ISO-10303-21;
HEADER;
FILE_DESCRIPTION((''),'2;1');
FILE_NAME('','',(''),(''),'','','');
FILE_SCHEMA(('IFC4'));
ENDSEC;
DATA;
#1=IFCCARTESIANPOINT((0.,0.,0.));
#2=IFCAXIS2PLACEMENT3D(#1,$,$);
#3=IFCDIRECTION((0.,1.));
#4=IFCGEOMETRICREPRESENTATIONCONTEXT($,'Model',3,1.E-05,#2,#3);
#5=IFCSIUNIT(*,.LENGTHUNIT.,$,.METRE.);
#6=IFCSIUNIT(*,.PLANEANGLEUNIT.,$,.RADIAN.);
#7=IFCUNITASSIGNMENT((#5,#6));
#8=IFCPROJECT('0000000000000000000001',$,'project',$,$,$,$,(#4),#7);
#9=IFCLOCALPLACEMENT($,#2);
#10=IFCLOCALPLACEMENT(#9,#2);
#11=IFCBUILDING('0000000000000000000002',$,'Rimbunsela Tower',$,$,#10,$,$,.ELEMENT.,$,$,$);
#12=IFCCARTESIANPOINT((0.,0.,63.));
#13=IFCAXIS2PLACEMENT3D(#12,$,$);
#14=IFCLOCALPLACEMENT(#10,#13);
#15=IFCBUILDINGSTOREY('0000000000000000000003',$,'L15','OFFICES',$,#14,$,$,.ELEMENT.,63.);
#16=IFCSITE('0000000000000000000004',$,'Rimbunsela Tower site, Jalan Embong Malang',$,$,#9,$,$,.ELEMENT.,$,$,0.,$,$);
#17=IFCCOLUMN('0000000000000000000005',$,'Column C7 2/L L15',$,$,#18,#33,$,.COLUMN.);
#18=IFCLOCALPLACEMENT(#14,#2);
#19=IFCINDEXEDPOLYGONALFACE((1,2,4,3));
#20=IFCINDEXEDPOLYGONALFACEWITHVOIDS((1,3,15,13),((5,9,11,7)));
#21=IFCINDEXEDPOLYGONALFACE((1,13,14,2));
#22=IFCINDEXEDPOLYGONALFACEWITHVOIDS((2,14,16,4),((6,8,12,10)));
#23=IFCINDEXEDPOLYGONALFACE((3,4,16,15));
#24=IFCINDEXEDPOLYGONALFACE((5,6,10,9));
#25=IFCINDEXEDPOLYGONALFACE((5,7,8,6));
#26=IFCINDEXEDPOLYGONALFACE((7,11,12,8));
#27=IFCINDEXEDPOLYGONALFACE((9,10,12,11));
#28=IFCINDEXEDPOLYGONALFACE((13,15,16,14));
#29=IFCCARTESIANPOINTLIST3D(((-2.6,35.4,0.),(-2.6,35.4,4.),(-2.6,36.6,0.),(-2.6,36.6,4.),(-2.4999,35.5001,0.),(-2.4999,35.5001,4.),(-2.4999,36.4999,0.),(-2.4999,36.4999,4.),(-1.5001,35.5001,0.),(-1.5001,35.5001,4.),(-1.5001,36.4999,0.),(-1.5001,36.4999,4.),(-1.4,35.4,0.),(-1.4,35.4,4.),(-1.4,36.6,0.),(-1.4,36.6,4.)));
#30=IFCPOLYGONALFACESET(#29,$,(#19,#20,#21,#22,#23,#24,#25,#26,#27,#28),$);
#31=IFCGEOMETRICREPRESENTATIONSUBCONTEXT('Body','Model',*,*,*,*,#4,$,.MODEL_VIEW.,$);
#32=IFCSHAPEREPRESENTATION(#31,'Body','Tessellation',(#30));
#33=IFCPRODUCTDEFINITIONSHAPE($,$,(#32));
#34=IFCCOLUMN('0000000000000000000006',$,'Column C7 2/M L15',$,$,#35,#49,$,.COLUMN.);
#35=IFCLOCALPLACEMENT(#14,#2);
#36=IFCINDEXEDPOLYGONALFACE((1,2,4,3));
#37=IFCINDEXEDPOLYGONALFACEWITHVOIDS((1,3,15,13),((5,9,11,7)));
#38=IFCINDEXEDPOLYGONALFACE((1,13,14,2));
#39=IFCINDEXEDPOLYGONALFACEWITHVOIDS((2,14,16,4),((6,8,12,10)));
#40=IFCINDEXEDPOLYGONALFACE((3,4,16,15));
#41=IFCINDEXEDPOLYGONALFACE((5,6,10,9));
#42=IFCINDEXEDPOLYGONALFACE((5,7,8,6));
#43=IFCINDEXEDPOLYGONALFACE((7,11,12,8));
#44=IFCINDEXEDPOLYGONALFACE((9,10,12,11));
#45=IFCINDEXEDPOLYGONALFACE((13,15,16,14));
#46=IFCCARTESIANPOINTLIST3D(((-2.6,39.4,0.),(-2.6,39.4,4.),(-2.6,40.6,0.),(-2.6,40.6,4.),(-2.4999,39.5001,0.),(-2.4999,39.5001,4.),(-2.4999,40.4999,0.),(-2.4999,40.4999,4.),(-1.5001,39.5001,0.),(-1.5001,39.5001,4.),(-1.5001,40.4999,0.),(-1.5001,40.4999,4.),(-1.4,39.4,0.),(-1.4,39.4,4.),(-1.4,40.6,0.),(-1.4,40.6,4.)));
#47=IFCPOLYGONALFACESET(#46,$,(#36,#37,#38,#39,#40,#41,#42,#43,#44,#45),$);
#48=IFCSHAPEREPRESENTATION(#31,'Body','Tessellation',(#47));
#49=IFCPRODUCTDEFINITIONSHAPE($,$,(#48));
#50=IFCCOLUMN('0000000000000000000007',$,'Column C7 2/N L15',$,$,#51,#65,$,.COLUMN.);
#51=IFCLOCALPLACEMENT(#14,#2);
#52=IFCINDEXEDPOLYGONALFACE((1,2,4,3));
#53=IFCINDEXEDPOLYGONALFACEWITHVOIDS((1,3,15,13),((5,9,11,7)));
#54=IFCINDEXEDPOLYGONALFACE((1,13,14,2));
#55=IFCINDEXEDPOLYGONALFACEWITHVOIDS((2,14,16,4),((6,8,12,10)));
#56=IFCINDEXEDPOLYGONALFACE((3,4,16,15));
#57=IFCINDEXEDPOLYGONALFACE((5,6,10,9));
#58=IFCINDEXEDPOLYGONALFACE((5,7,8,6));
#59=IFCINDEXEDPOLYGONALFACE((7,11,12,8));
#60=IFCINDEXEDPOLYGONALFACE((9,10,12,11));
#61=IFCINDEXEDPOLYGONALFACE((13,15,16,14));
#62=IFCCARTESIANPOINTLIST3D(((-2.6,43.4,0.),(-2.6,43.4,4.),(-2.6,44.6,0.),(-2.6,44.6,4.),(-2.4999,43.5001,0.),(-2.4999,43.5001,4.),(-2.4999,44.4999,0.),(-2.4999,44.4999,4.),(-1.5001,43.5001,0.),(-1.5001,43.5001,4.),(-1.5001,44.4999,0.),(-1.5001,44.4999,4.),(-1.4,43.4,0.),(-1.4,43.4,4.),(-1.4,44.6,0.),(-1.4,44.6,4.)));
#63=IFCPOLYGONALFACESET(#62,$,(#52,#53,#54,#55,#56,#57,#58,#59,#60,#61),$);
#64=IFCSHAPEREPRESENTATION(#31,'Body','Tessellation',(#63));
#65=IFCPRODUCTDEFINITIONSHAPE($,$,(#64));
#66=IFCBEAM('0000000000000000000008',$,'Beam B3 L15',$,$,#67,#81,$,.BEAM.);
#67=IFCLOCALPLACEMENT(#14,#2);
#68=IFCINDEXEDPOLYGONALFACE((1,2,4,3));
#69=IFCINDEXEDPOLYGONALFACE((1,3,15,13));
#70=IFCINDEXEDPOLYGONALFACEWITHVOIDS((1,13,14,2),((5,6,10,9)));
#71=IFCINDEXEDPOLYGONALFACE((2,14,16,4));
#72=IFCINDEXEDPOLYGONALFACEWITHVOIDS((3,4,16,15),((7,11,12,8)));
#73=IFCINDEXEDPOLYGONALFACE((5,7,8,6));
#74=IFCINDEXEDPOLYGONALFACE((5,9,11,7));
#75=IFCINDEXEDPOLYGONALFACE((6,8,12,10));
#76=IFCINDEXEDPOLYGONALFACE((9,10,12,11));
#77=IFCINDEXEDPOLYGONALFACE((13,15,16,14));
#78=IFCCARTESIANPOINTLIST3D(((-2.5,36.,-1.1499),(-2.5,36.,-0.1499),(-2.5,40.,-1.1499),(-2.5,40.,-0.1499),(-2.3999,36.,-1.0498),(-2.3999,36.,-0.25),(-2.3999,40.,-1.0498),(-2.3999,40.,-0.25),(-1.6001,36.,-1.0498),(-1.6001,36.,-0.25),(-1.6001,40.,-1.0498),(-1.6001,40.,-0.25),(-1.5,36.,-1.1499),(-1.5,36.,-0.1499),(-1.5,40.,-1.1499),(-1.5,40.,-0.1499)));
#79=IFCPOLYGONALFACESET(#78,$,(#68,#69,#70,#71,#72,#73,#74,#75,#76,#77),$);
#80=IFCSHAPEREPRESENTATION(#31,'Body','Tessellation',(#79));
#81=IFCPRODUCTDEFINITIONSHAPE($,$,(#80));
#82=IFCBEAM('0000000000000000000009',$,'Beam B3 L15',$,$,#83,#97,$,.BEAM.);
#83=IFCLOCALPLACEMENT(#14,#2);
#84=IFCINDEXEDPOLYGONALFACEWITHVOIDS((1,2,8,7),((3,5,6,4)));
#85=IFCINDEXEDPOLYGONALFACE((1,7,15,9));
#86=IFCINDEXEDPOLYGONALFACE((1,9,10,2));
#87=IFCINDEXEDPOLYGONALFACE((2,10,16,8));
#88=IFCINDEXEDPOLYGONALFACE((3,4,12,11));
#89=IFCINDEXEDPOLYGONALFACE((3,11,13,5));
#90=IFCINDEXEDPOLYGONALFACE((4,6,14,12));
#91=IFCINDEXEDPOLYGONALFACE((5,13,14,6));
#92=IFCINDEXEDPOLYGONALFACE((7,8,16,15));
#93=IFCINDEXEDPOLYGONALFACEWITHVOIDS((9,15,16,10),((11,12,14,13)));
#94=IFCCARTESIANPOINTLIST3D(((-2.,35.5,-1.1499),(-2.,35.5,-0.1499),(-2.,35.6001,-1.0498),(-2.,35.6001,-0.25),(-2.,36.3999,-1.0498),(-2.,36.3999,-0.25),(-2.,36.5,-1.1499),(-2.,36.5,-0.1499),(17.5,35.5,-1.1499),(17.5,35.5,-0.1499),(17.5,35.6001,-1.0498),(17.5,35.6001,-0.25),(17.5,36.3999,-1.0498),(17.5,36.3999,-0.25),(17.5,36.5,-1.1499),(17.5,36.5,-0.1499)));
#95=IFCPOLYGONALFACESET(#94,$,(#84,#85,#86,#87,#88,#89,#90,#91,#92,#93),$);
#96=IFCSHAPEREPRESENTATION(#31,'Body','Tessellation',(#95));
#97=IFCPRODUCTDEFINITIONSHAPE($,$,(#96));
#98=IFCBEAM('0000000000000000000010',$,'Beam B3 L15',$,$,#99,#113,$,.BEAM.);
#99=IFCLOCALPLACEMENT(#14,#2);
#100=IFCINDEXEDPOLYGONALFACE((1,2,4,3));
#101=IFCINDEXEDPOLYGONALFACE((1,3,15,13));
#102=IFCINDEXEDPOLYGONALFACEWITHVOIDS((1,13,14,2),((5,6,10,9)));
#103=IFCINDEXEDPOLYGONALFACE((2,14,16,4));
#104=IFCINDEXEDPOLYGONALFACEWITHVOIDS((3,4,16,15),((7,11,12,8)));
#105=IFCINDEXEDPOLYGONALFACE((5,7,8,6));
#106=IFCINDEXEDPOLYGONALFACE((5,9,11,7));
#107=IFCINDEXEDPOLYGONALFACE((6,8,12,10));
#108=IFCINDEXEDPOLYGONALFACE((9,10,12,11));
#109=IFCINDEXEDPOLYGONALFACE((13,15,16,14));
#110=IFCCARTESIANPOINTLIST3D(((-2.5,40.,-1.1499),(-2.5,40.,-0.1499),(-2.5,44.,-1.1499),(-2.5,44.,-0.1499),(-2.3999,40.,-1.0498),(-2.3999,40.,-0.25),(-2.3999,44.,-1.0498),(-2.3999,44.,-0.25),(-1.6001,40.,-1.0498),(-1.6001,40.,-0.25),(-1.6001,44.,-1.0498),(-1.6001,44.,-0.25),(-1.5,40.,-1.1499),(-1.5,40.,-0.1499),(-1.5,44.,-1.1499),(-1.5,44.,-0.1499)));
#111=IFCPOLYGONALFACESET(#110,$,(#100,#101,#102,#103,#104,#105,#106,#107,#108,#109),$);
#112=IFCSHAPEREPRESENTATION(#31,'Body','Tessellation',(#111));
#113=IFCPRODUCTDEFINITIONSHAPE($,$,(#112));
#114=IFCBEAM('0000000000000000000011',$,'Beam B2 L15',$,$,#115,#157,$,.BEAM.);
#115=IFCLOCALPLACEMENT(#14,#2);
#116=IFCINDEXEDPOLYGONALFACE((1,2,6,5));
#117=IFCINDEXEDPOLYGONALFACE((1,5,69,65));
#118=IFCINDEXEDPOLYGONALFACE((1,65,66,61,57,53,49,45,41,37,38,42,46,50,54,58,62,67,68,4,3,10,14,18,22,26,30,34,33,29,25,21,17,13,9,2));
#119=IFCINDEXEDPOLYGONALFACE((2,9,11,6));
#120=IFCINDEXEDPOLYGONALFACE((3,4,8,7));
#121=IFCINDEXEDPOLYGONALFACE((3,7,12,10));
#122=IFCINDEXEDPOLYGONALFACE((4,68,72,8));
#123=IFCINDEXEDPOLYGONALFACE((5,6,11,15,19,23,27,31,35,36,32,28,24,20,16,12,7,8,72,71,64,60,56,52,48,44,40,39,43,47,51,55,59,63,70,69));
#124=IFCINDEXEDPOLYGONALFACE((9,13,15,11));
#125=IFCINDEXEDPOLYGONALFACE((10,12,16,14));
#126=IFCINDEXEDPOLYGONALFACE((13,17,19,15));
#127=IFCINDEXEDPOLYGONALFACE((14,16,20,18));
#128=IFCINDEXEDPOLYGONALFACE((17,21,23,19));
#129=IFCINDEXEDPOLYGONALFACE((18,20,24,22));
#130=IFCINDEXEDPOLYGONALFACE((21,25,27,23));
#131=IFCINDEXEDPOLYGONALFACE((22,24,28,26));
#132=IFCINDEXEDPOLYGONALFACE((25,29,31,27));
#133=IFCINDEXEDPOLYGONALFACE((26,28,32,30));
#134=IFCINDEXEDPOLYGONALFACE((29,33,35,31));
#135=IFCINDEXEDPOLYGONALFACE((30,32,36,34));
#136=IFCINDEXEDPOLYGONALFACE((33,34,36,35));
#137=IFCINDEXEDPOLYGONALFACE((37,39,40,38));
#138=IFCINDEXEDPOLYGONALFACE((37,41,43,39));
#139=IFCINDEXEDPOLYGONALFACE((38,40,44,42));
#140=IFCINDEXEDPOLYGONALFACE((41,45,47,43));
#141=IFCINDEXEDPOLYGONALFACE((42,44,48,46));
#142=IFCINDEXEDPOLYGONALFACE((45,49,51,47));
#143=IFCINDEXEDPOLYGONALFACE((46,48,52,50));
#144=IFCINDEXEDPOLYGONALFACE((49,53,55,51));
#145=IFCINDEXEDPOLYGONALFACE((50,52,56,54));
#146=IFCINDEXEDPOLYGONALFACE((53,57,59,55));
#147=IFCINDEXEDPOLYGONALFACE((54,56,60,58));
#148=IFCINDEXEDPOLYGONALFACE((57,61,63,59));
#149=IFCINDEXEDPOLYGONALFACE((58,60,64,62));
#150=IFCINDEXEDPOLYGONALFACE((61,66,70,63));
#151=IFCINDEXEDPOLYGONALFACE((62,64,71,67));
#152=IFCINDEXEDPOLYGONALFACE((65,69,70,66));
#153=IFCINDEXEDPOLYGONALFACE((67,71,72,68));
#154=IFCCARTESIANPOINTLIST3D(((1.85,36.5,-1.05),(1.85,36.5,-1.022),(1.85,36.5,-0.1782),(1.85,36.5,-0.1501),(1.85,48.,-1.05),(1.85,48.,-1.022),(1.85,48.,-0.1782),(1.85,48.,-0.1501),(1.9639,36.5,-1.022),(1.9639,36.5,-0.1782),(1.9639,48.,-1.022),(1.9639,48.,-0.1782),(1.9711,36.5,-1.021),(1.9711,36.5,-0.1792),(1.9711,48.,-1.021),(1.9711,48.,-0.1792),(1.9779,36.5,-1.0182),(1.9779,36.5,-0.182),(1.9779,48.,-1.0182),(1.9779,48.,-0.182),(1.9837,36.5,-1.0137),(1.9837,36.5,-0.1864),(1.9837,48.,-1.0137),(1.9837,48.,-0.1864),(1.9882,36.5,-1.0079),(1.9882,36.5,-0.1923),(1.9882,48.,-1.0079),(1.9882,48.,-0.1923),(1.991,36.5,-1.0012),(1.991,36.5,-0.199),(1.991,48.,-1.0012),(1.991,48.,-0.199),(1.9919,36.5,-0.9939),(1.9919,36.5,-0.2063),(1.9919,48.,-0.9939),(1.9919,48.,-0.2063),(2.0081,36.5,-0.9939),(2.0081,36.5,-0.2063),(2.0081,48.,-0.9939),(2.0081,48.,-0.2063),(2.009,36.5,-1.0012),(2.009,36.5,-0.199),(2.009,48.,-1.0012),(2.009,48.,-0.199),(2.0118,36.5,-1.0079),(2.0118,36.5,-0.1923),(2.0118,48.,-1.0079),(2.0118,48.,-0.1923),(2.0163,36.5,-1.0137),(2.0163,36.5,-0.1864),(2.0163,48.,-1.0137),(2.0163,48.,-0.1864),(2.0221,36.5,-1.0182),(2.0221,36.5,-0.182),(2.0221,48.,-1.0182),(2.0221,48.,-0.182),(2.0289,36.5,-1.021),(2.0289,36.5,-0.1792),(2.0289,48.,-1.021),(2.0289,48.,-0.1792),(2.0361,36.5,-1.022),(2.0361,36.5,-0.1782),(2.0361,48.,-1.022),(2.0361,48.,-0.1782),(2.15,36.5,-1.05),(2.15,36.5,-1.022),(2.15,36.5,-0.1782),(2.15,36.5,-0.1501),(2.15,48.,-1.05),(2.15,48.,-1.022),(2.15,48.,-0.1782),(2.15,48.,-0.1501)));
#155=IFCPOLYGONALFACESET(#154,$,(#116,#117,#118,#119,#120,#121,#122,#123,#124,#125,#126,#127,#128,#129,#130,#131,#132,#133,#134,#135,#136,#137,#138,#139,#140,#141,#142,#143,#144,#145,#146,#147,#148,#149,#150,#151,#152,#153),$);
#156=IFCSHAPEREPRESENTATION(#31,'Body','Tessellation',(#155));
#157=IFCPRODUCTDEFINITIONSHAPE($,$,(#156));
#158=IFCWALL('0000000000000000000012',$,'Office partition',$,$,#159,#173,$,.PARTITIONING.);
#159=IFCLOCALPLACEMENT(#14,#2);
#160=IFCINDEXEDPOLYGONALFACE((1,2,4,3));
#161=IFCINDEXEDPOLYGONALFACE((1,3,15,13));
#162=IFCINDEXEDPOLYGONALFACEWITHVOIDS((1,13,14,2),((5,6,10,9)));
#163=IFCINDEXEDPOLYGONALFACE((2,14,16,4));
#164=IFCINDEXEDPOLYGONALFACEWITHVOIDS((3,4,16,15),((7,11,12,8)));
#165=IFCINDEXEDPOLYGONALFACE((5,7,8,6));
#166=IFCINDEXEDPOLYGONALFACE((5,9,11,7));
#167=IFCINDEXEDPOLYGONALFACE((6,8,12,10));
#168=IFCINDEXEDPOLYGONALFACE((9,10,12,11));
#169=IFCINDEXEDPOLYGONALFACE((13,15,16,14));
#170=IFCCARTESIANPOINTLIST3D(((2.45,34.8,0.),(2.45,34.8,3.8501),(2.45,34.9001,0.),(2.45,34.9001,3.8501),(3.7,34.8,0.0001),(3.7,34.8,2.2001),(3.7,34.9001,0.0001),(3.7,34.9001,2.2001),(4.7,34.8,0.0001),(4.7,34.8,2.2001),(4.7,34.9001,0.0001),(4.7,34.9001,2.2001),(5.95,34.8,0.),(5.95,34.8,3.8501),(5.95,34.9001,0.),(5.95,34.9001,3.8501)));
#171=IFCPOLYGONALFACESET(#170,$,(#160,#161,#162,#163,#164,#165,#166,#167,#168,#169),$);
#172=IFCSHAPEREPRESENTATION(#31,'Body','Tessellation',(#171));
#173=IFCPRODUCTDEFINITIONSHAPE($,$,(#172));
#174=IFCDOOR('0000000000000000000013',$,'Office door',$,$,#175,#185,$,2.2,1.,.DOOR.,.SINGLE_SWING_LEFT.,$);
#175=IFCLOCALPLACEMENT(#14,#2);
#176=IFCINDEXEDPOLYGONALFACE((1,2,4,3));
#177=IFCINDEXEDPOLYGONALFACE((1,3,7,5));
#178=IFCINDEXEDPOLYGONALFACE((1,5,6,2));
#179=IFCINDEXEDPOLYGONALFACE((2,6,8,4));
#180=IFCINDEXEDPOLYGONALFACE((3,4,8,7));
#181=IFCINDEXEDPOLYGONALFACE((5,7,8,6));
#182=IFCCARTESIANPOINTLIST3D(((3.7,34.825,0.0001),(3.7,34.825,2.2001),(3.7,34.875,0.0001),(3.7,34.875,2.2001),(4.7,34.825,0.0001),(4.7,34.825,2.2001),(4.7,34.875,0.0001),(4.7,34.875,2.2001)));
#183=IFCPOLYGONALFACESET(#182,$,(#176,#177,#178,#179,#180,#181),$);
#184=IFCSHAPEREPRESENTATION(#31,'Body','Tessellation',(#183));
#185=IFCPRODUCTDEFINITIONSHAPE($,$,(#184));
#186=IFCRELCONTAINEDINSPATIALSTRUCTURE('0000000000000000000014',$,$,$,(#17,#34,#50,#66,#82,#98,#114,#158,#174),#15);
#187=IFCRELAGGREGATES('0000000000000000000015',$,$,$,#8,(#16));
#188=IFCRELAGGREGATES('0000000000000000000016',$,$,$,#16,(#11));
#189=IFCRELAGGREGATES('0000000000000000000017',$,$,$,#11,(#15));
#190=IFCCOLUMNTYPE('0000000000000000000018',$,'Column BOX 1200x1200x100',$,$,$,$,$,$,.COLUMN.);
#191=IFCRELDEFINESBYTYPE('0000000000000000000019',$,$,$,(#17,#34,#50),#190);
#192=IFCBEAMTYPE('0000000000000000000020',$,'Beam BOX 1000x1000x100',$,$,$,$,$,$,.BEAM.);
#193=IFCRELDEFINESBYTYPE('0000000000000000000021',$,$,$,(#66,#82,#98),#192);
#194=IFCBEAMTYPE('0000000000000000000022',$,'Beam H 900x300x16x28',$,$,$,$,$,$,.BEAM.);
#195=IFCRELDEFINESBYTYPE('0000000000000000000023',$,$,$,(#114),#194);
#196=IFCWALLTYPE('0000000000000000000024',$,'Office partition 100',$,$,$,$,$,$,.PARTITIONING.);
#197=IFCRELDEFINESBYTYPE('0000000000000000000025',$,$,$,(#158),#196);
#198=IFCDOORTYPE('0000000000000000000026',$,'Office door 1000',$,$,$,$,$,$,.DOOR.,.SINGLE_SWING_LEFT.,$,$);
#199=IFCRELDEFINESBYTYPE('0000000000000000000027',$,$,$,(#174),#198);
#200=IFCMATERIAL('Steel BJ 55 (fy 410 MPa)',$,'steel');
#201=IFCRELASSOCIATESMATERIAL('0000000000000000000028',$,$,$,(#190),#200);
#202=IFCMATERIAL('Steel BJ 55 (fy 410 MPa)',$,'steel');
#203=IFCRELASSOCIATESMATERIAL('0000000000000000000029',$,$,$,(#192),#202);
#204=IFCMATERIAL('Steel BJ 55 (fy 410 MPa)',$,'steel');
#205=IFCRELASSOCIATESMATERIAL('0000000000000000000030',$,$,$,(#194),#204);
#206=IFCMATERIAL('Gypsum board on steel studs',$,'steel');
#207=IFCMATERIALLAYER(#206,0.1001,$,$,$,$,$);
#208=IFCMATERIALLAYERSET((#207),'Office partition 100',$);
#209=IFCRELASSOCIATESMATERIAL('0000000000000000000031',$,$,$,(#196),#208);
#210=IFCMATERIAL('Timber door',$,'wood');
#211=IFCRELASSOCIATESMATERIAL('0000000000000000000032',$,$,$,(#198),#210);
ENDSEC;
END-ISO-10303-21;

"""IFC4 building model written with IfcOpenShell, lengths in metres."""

from ifc_helpers import new_model, si_unit, direction, frame, frame_2d, origin, origin_2d, place, context, subcontext, project, spatial, rectangle, hollow_rectangle, i_section, extrude, material, layer, layer_set, material_profile, profile_set, type_object, element, fill, save


model = new_model("IFC4")

# Units and contexts
model_context = context("Model", 3, precision=1e-05, world=origin(), true_north=direction((0.0, 1.0)))
body_context = subcontext(model_context, "Body", "Model", "MODEL_VIEW")
ifc_project = project(units=[si_unit("LENGTHUNIT", "METRE"), si_unit("PLANEANGLEUNIT", "RADIAN")], contexts=[model_context])

# Site, building, storey
site_placement = place(None, origin())
site = spatial("IfcSite", under=ifc_project, at=site_placement, Name="Rimbunsela Tower site, Jalan Embong Malang", CompositionType="ELEMENT", RefElevation=0.0)
building_placement = place(site_placement, origin())
building = spatial("IfcBuilding", under=site, at=building_placement, Name="Rimbunsela Tower", CompositionType="ELEMENT")
storey_placement = place(building_placement, frame((0.0, 0.0, 63.0)))
storey = spatial("IfcBuildingStorey", under=building, at=storey_placement, Name="L15", Description="OFFICES", CompositionType="ELEMENT", Elevation=63.0)

# Columns
ifc_material_1 = material(Name="Steel BJ 55 (fy 410 MPa)", Category="steel")
ifc_material_profile_1 = material_profile(ifc_material_1, hollow_rectangle(XDim=1.2, YDim=1.2, WallThickness=0.1001, at=origin_2d()), Name="BOX 1200x1200x100")
ifc_profile_set_1 = profile_set([ifc_material_profile_1], Name="Steel BJ 55 (fy 410 MPa)")
column_type = type_object("IfcColumnType", Name="Column BOX 1200x1200x100", PredefinedType="COLUMN", material=ifc_profile_set_1)
for number, where, z_axis, x_axis, name in (
    (1, (-2.0, 36.0, 0.0), (0.0, 0.0, 1.0), (1.0, 0.0, 0.0), "Column C7 2/L L15"),
    (2, (-2.0, 40.0, 0.0), (0.0, 0.0, 1.0), (1.0, 0.0, 0.0), "Column C7 2/M L15"),
    (3, (-2.0, 44.0, 0.0), (0.0, 0.0, 1.0), (1.0, 0.0, 0.0), "Column C7 2/N L15"),
):
    element("IfcColumn", number, at=place(storey_placement, frame(where, z_axis=z_axis, x_axis=x_axis)), inside=storey, type_object=column_type, Name=name, PredefinedType="COLUMN", context=body_context, shape_type="SweptSolid", body=[
        extrude(hollow_rectangle(XDim=1.2, YDim=1.2, WallThickness=0.1001, at=origin_2d()), origin(), (0.0, 0.0, 1.0), 4.0),
    ])

# Beams
ifc_material_2 = material(Name="Steel BJ 55 (fy 410 MPa)", Category="steel")
ifc_material_profile_2 = material_profile(ifc_material_2, hollow_rectangle(XDim=1.0, YDim=1.0, WallThickness=0.1001, at=origin_2d()), Name="BOX 1000x1000x100")
ifc_profile_set_2 = profile_set([ifc_material_profile_2], Name="Steel BJ 55 (fy 410 MPa)")
beam_type_1 = type_object("IfcBeamType", Name="Beam BOX 1000x1000x100", PredefinedType="BEAM", material=ifc_profile_set_2)
beam_1_placement = place(storey_placement, frame((-2.0, 36.0, -0.6499), z_axis=(0.0, 1.0, 0.0), x_axis=(-1.0, 0.0, 0.0)))
element("IfcBeam", 4, at=beam_1_placement, inside=storey, type_object=beam_type_1, Name="Beam B3 L15", PredefinedType="BEAM", context=body_context, shape_type="SweptSolid", body=[
    extrude(hollow_rectangle(XDim=1.0, YDim=1.0, WallThickness=0.1001, at=origin_2d()), origin(), (0.0, 0.0, 1.0), 4.0),
])
beam_2_placement = place(storey_placement, frame((-2.0, 36.0, -0.6499), z_axis=(1.0, 0.0, 0.0), x_axis=(0.0, 1.0, 0.0)))
element("IfcBeam", 5, at=beam_2_placement, inside=storey, type_object=beam_type_1, Name="Beam B3 L15", PredefinedType="BEAM", context=body_context, shape_type="SweptSolid", body=[
    extrude(hollow_rectangle(XDim=1.0, YDim=1.0, WallThickness=0.1001, at=origin_2d()), origin(), (0.0, 0.0, 1.0), 19.5),
])
beam_3_placement = place(storey_placement, frame((-2.0, 40.0, -0.6499), z_axis=(0.0, 1.0, 0.0), x_axis=(-1.0, 0.0, 0.0)))
element("IfcBeam", 6, at=beam_3_placement, inside=storey, type_object=beam_type_1, Name="Beam B3 L15", PredefinedType="BEAM", context=body_context, shape_type="SweptSolid", body=[
    extrude(hollow_rectangle(XDim=1.0, YDim=1.0, WallThickness=0.1001, at=origin_2d()), origin(), (0.0, 0.0, 1.0), 4.0),
])
ifc_material_3 = material(Name="Steel BJ 55 (fy 410 MPa)", Category="steel")
ifc_material_profile_3 = material_profile(ifc_material_3, i_section(OverallWidth=0.3, OverallDepth=0.8999, WebThickness=0.0161, FlangeThickness=0.0281, FilletRadius=0.0281, at=origin_2d()), Name="H 900x300x16x28")
ifc_profile_set_3 = profile_set([ifc_material_profile_3], Name="Steel BJ 55 (fy 410 MPa)")
beam_type_2 = type_object("IfcBeamType", Name="Beam H 900x300x16x28", PredefinedType="BEAM", material=ifc_profile_set_3)
beam_4_placement = place(storey_placement, frame((2.0, 36.5, -0.6001), z_axis=(0.0, 1.0, 0.0), x_axis=(-1.0, 0.0, 0.0)))
element("IfcBeam", 7, at=beam_4_placement, inside=storey, type_object=beam_type_2, Name="Beam B2 L15", PredefinedType="BEAM", context=body_context, shape_type="SweptSolid", body=[
    extrude(i_section(OverallWidth=0.3, OverallDepth=0.8999, WebThickness=0.0161, FlangeThickness=0.0281, FilletRadius=0.0281, at=origin_2d()), origin(), (0.0, 0.0, 1.0), 11.5),
])

# Wall, opening, door
ifc_material_4 = material(Name="Gypsum board on steel studs", Category="steel")
ifc_layer_1 = layer(ifc_material_4, 0.1001)
ifc_layer_set_1 = layer_set([ifc_layer_1], Name="Office partition 100")
wall_type_1 = type_object("IfcWallType", Name="Office partition 100", PredefinedType="PARTITIONING", material=ifc_layer_set_1)
wall_1_placement = place(storey_placement, frame((2.45, 34.8501, 0.0), z_axis=(0.0, 0.0, 1.0), x_axis=(1.0, 0.0, 0.0)))
wall_1 = element("IfcWall", 8, at=wall_1_placement, inside=storey, type_object=wall_type_1, Name="Office partition", PredefinedType="PARTITIONING", context=body_context, shape_type="SweptSolid", body=[
    extrude(rectangle(XDim=3.5, YDim=0.1001, at=frame_2d((1.75, 0.0))), origin(), (0.0, 0.0, 1.0), 3.8501),
])
opening_1_placement = place(wall_1_placement, frame((1.25, 0.0, 0.0)))
opening_1 = element("IfcOpeningElement", 9, at=opening_1_placement, cuts=wall_1, PredefinedType="OPENING", context=body_context, shape_type="SweptSolid", body=[
    extrude(rectangle(XDim=1.0, YDim=2.2, at=frame_2d((0.5, 1.1001))), frame((0.0, 0.0601, 0.0), z_axis=(0.0, -1.0, 0.0), x_axis=(1.0, 0.0, 0.0)), (0.0, 0.0, 1.0), 0.1201),
])
ifc_material_5 = material(Name="Timber door", Category="wood")
door_type = type_object("IfcDoorType", Name="Office door 1000", OperationType="SINGLE_SWING_LEFT", PredefinedType="DOOR", material=ifc_material_5)
door_placement = place(opening_1_placement, origin())
door = element("IfcDoor", 10, at=door_placement, inside=storey, type_object=door_type, Name="Office door", OperationType="SINGLE_SWING_LEFT", OverallHeight=2.2, OverallWidth=1.0, PredefinedType="DOOR", context=body_context, shape_type="SweptSolid", body=[
    extrude(rectangle(XDim=1.0, YDim=2.2, at=frame_2d((0.5, 1.1001))), frame((0.0, 0.0249, 0.0), z_axis=(0.0, -1.0, 0.0), x_axis=(1.0, 0.0, 0.0)), (0.0, 0.0, 1.0), 0.05),
])
fill(opening_1, door)

save(model, "model.ifc")
